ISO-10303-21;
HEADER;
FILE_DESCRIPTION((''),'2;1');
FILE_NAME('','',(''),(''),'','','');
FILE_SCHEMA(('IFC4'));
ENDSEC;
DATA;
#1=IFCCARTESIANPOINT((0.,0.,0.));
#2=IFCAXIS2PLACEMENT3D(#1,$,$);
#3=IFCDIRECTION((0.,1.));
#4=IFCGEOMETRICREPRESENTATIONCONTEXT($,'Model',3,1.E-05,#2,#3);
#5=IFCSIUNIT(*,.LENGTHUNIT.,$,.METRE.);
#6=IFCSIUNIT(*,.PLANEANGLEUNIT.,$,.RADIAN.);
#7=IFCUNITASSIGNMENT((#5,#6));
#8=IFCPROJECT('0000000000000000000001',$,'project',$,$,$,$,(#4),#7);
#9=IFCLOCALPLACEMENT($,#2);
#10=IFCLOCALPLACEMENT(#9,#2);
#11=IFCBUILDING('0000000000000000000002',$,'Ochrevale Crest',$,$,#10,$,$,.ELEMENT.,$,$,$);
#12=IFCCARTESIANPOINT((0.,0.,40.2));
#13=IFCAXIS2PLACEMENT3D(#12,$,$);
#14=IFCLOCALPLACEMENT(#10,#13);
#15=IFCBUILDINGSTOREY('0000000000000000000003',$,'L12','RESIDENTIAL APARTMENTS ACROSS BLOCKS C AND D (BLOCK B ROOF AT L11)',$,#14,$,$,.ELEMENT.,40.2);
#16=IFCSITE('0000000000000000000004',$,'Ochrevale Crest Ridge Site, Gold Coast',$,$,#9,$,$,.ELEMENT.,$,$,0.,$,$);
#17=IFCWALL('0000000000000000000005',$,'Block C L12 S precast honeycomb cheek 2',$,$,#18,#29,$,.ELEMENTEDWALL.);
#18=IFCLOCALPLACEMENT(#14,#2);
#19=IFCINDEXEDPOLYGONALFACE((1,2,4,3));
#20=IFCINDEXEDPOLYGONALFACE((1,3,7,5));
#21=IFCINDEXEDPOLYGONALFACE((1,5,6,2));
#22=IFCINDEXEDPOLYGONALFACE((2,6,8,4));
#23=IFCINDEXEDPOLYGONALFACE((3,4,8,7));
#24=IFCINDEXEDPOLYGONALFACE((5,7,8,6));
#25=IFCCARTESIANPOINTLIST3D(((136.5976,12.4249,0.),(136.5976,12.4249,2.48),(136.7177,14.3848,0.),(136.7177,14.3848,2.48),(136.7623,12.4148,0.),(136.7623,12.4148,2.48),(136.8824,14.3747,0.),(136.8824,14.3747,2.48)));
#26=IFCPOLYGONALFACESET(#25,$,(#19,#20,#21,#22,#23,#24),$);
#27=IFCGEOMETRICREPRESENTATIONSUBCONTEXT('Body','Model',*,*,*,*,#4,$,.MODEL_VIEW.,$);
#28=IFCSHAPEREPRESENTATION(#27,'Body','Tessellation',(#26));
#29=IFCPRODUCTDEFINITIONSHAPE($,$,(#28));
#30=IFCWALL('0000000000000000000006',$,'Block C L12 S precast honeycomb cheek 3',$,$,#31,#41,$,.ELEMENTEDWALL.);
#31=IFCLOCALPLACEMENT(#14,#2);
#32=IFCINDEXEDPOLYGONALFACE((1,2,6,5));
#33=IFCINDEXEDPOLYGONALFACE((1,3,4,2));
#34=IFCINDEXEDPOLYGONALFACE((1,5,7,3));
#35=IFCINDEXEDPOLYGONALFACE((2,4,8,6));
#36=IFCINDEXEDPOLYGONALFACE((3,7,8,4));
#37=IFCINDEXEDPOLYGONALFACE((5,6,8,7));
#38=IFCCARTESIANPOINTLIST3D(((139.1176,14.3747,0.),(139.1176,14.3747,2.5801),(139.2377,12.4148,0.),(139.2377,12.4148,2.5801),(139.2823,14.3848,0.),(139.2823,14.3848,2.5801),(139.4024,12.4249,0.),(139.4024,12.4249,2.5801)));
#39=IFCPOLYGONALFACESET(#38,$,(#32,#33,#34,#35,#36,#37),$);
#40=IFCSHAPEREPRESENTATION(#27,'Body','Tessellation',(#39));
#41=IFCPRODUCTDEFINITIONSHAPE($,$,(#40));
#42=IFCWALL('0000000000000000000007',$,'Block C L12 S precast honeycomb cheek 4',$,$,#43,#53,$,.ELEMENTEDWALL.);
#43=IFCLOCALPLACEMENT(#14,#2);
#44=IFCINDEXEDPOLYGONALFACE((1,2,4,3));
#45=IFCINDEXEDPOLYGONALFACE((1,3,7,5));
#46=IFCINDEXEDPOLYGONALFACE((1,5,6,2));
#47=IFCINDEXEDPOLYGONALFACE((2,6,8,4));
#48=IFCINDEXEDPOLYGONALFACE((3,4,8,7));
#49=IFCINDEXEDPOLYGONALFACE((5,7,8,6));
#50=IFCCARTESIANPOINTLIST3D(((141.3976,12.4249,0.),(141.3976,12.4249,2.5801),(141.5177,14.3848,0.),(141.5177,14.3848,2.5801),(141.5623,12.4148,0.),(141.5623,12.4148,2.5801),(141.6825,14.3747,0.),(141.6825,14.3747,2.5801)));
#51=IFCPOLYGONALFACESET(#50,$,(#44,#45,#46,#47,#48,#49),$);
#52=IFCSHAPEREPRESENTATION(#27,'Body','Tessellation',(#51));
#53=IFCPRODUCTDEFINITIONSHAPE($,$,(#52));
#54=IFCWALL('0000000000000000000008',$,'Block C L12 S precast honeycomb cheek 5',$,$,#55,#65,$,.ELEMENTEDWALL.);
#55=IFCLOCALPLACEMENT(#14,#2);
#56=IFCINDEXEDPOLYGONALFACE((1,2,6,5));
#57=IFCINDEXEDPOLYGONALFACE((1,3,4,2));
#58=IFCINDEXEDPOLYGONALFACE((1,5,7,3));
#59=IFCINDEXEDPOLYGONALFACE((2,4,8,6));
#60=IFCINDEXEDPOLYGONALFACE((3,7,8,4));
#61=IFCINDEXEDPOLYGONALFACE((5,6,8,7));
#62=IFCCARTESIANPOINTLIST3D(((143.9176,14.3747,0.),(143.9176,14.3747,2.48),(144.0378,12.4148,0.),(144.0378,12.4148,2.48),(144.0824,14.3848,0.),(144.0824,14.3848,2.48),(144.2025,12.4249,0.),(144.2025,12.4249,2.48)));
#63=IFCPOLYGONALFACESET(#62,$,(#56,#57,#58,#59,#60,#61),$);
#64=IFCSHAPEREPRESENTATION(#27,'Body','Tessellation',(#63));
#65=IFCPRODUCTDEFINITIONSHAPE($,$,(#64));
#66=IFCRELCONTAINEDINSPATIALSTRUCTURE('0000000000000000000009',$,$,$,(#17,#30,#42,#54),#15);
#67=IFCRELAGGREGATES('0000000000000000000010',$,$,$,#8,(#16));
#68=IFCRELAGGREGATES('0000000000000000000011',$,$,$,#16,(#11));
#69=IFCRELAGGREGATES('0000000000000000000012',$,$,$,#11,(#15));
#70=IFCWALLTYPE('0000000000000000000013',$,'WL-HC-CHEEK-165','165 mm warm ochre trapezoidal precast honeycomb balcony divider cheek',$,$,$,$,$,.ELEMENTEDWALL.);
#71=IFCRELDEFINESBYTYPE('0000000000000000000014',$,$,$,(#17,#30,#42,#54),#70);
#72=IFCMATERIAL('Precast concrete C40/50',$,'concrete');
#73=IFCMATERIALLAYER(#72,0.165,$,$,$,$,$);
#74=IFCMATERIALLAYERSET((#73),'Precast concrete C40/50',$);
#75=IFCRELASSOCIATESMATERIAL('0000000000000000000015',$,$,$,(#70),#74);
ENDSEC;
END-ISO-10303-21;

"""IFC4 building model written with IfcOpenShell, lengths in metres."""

from ifc_helpers import new_model, si_unit, direction, frame, frame_2d, origin, place, context, subcontext, project, spatial, rectangle, extrude, material, layer, layer_set, type_object, element, save


model = new_model("IFC4")

# Units and contexts
model_context = context("Model", 3, precision=1e-05, world=origin(), true_north=direction((0.0, 1.0)))
body_context = subcontext(model_context, "Body", "Model", "MODEL_VIEW")
ifc_project = project(units=[si_unit("LENGTHUNIT", "METRE"), si_unit("PLANEANGLEUNIT", "RADIAN")], contexts=[model_context])

# Site, building, storey
site_placement = place(None, origin())
site = spatial("IfcSite", under=ifc_project, at=site_placement, Name="Ochrevale Crest Ridge Site, Gold Coast", CompositionType="ELEMENT", RefElevation=0.0)
building_placement = place(site_placement, origin())
building = spatial("IfcBuilding", under=site, at=building_placement, Name="Ochrevale Crest", CompositionType="ELEMENT")
storey_placement = place(building_placement, frame((0.0, 0.0, 40.2)))
storey = spatial("IfcBuildingStorey", under=building, at=storey_placement, Name="L12", Description="RESIDENTIAL APARTMENTS ACROSS BLOCKS C AND D (BLOCK B ROOF AT L11)", CompositionType="ELEMENT", Elevation=40.2)

# Shared definitions
ifc_material_1 = material(Name="Precast concrete C40/50", Category="concrete")

# Walls
ifc_layer_1 = layer(ifc_material_1, 0.165)
ifc_layer_set_1 = layer_set([ifc_layer_1], Name="Precast concrete C40/50")
wall_type = type_object("IfcWallType", Name="WL-HC-CHEEK-165", Description="165 mm warm ochre trapezoidal precast honeycomb balcony divider cheek", PredefinedType="ELEMENTEDWALL", material=ifc_layer_set_1)
wall_1_placement = place(storey_placement, frame((136.8, 14.3799, 0.0), z_axis=(0.0, 0.0, 1.0), x_axis=(-0.061171, -0.998127, 0.0)))
element("IfcWall", 1, at=wall_1_placement, inside=storey, type_object=wall_type, Name="Block C L12 S precast honeycomb cheek 2", PredefinedType="ELEMENTEDWALL", context=body_context, shape_type="SweptSolid", body=[
    extrude(rectangle(XDim=1.9636, YDim=0.165, at=frame_2d((0.9819, 0.0))), origin(), (0.0, 0.0, 1.0), 2.48),
])
for number, where, z_axis, x_axis, name in (
    (2, (139.2, 14.3799, 0.0), (0.0, 0.0, 1.0), (0.061171, -0.998127, 0.0), "Block C L12 S precast honeycomb cheek 3"),
    (3, (141.6001, 14.3799, 0.0), (0.0, 0.0, 1.0), (-0.061171, -0.998127, 0.0), "Block C L12 S precast honeycomb cheek 4"),
):
    element("IfcWall", number, at=place(storey_placement, frame(where, z_axis=z_axis, x_axis=x_axis)), inside=storey, type_object=wall_type, Name=name, PredefinedType="ELEMENTEDWALL", context=body_context, shape_type="SweptSolid", body=[
        extrude(rectangle(XDim=1.9636, YDim=0.165, at=frame_2d((0.9819, 0.0))), origin(), (0.0, 0.0, 1.0), 2.5801),
    ])
wall_2_placement = place(storey_placement, frame((144.0, 14.3799, 0.0), z_axis=(0.0, 0.0, 1.0), x_axis=(0.061171, -0.998127, 0.0)))
element("IfcWall", 4, at=wall_2_placement, inside=storey, type_object=wall_type, Name="Block C L12 S precast honeycomb cheek 5", PredefinedType="ELEMENTEDWALL", context=body_context, shape_type="SweptSolid", body=[
    extrude(rectangle(XDim=1.9636, YDim=0.165, at=frame_2d((0.9819, 0.0))), origin(), (0.0, 0.0, 1.0), 2.48),
])

save(model, "model.ifc")
